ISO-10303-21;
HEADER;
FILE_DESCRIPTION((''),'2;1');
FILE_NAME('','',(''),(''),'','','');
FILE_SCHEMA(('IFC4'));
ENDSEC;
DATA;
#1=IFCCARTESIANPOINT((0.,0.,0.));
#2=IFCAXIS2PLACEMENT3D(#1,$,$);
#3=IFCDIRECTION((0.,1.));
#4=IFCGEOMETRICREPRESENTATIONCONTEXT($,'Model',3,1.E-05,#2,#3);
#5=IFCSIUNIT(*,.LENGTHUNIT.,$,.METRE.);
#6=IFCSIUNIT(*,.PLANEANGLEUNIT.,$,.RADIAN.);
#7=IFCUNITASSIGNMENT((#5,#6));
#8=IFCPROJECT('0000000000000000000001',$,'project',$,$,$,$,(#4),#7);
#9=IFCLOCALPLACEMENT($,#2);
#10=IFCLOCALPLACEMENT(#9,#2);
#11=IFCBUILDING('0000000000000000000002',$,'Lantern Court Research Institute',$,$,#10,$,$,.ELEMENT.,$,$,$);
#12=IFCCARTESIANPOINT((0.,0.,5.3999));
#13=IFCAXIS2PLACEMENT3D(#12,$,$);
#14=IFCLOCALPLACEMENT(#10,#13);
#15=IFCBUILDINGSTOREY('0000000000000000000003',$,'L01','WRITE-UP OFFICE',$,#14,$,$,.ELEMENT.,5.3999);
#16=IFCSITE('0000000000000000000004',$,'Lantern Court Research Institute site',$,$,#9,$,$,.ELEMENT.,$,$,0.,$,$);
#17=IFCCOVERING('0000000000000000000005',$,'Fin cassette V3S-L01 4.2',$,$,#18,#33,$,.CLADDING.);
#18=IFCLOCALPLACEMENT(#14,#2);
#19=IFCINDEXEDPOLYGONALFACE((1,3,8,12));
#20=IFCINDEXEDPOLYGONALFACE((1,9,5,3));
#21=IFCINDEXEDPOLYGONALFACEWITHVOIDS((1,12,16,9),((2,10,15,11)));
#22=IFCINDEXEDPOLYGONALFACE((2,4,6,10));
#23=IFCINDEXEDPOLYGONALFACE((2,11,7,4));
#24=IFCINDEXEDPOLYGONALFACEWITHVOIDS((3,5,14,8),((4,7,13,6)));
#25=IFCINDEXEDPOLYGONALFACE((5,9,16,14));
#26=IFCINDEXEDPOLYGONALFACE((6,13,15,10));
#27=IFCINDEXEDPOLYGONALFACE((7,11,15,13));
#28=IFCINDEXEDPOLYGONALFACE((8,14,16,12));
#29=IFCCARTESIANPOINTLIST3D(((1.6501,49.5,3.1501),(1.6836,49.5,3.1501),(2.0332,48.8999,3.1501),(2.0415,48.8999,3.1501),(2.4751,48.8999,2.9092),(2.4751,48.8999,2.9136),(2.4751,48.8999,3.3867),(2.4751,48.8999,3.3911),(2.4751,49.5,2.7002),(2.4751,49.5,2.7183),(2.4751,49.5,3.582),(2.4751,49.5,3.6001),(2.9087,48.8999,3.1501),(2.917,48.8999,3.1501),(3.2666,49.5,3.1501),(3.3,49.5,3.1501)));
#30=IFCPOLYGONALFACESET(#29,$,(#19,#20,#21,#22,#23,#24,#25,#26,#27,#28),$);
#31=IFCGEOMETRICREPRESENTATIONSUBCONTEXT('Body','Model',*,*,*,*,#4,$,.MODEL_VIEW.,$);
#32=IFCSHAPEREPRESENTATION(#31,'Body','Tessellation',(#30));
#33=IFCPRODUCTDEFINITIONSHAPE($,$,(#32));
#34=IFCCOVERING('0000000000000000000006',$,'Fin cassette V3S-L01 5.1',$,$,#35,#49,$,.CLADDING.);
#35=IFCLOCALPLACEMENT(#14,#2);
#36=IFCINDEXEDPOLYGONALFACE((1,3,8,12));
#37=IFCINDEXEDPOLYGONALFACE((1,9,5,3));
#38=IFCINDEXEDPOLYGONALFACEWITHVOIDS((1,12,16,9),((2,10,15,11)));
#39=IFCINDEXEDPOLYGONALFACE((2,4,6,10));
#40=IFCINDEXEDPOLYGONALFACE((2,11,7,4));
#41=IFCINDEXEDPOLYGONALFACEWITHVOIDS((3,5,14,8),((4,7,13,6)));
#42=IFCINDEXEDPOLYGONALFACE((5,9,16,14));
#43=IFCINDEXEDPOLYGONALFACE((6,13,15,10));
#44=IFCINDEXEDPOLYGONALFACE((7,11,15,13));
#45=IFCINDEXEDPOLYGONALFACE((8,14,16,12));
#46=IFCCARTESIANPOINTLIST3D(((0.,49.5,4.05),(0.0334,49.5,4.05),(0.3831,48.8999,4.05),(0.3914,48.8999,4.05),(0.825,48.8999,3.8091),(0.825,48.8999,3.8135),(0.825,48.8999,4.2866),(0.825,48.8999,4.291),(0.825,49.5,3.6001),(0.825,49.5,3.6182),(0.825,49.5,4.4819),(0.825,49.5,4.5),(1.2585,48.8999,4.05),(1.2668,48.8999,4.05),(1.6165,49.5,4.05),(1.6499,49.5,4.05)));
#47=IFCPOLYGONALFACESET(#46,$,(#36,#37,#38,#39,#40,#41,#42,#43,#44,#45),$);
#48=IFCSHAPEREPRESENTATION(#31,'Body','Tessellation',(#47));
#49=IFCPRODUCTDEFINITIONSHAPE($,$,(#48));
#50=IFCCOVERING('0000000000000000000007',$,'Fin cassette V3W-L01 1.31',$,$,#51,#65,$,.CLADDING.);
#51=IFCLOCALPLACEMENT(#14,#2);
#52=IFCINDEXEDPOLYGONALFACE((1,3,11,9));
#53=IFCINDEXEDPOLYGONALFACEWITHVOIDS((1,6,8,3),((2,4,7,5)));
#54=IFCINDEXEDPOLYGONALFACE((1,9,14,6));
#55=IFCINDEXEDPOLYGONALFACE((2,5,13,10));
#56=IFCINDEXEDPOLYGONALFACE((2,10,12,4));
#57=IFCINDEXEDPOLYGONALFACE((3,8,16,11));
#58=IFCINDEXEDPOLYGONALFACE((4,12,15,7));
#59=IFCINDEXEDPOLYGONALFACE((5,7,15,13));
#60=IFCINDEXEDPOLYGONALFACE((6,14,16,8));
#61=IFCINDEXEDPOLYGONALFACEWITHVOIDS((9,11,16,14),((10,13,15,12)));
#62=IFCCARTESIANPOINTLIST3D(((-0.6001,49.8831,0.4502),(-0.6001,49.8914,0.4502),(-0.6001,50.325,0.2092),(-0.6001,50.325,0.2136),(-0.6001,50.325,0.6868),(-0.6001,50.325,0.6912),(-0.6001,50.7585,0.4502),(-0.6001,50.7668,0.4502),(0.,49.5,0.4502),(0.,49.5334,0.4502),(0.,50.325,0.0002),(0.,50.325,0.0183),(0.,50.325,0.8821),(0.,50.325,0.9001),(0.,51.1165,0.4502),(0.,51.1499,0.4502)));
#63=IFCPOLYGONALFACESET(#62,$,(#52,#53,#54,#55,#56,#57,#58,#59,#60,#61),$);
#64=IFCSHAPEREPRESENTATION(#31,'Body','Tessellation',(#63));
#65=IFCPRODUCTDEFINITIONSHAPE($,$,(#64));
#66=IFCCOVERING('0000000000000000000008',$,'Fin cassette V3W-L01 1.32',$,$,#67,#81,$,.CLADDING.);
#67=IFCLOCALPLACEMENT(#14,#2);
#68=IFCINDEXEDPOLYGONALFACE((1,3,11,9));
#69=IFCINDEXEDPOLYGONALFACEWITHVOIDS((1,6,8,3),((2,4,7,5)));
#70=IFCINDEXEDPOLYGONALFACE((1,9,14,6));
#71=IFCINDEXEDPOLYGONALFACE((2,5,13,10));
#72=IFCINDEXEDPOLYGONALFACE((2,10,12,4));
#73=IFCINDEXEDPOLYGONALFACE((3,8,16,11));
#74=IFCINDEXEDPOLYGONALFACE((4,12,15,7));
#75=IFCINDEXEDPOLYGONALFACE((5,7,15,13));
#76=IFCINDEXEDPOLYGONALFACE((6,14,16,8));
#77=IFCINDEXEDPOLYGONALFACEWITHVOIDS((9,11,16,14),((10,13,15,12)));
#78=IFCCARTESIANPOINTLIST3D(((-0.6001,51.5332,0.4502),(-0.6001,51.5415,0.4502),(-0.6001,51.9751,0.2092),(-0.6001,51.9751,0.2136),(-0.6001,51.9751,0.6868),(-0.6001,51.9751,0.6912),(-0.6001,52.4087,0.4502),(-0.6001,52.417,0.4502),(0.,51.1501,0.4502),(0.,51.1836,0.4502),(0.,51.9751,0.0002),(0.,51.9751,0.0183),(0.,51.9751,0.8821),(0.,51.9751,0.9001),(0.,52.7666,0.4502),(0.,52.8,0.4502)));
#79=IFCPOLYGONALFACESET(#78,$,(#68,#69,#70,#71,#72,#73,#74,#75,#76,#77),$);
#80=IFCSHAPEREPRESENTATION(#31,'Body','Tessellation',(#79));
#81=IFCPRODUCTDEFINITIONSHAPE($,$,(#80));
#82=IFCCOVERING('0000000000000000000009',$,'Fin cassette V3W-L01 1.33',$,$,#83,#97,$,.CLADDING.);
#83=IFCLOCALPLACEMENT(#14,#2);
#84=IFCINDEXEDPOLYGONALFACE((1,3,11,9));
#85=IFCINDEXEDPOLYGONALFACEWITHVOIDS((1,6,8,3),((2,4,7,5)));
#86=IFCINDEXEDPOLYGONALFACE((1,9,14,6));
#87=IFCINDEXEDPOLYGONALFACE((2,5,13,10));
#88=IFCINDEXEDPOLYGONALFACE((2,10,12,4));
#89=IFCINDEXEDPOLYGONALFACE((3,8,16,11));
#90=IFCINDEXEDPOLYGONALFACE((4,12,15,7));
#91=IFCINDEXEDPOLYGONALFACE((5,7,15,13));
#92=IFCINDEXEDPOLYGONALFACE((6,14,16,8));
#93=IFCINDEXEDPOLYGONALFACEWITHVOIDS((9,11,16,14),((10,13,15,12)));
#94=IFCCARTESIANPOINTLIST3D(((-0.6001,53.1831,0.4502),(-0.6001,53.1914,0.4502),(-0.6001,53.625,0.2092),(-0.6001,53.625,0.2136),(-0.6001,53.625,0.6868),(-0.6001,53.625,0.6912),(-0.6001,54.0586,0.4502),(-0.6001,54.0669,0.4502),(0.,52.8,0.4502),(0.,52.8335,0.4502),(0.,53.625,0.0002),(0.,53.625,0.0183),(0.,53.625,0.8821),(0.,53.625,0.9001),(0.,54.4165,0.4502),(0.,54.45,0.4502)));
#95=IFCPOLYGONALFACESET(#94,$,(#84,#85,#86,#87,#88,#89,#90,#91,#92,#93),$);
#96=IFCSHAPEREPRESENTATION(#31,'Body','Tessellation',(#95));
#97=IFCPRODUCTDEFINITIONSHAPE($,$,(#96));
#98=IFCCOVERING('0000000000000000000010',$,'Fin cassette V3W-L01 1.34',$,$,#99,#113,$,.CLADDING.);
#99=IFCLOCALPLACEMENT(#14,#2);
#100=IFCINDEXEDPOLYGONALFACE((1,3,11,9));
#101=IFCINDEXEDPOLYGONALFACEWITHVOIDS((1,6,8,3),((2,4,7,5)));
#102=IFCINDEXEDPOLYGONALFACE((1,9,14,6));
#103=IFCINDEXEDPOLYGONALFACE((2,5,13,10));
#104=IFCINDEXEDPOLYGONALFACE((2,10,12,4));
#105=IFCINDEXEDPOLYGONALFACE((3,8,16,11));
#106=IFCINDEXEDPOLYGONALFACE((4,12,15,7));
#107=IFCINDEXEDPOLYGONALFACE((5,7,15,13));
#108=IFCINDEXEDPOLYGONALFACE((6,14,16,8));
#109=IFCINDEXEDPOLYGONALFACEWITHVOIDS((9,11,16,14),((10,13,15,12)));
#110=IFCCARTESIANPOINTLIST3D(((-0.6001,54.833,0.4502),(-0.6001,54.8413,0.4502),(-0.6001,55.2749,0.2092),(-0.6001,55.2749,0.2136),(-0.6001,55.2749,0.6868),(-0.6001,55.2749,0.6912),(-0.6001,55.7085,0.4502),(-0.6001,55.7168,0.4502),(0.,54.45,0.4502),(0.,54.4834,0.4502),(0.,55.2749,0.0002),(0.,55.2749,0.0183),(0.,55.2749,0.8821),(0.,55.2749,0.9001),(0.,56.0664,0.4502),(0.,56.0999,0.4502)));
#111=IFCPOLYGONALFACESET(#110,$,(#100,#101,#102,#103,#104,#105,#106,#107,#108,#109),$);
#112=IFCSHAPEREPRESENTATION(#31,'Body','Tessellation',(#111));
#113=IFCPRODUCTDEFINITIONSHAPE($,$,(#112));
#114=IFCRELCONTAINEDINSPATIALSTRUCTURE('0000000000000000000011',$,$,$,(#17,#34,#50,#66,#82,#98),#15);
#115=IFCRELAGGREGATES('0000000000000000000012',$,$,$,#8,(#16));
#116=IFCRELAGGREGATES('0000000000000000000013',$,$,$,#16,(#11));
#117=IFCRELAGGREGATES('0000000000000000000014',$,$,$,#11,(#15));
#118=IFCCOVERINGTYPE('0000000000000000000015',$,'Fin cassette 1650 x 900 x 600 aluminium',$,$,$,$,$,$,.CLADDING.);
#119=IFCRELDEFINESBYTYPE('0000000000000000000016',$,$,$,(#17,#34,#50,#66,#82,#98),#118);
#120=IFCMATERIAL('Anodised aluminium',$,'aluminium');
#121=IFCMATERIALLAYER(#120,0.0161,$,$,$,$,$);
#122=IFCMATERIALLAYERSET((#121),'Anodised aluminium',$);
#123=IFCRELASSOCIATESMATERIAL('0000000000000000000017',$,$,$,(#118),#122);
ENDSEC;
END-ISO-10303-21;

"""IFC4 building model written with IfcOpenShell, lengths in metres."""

from ifc_helpers import new_model, entity, si_unit, direction, frame, origin, place, context, subcontext, project, spatial, material, layer, layer_set, type_object, element, save


model = new_model("IFC4")

# Units and contexts
model_context = context("Model", 3, precision=1e-05, world=origin(), true_north=direction((0.0, 1.0)))
body_context = subcontext(model_context, "Body", "Model", "MODEL_VIEW")
ifc_project = project(units=[si_unit("LENGTHUNIT", "METRE"), si_unit("PLANEANGLEUNIT", "RADIAN")], contexts=[model_context])

# Site, building, storey
site_placement = place(None, origin())
site = spatial("IfcSite", under=ifc_project, at=site_placement, Name="Lantern Court Research Institute site", CompositionType="ELEMENT", RefElevation=0.0)
building_placement = place(site_placement, origin())
building = spatial("IfcBuilding", under=site, at=building_placement, Name="Lantern Court Research Institute", CompositionType="ELEMENT")
storey_placement = place(building_placement, frame((0.0, 0.0, 5.3999)))
storey = spatial("IfcBuildingStorey", under=building, at=storey_placement, Name="L01", Description="WRITE-UP OFFICE", CompositionType="ELEMENT", Elevation=5.3999)

# Coverings
ifc_material_1 = material(Name="Anodised aluminium", Category="aluminium")
ifc_layer_1 = layer(ifc_material_1, 0.0161)
ifc_layer_set_1 = layer_set([ifc_layer_1], Name="Anodised aluminium")
covering_type = type_object("IfcCoveringType", Name="Fin cassette 1650 x 900 x 600 aluminium", PredefinedType="CLADDING", material=ifc_layer_set_1)
covering_1_placement = place(storey_placement, frame((2.4751, 49.5, 3.1501), z_axis=(0.0, -1.0, 0.0), x_axis=(1.0, 0.0, 0.0)))
cartesian_point_1 = entity("IfcCartesianPoint", [0.825, 0.0])
cartesian_point_2 = entity("IfcCartesianPoint", [0.7915, 0.0])
cartesian_point_3 = entity("IfcCartesianPoint", [0.4419, 0.0])
cartesian_point_4 = entity("IfcCartesianPoint", [0.4336, 0.0])
element("IfcCovering", 1, at=covering_1_placement, inside=storey, type_object=covering_type, Name="Fin cassette V3S-L01 4.2", PredefinedType="CLADDING", context=body_context, shape_type="SweptSolid", body=[
    entity("IfcExtrudedAreaSolidTapered", entity("IfcArbitraryProfileDefWithVoids", "AREA", None, entity("IfcPolyline", [cartesian_point_1, entity("IfcCartesianPoint", [0.0, 0.45]), entity("IfcCartesianPoint", [-0.825, 0.0]), entity("IfcCartesianPoint", [0.0, -0.45]), cartesian_point_1]), [entity("IfcPolyline", [cartesian_point_2, entity("IfcCartesianPoint", [0.0, 0.4319]), entity("IfcCartesianPoint", [-0.7915, 0.0]), entity("IfcCartesianPoint", [0.0, -0.4319]), cartesian_point_2])]), entity("IfcAxis2Placement3D", entity("IfcCartesianPoint", [0.0, 0.0, 0.0])), entity("IfcDirection", [0.0, 0.0, 1.0]), 0.6001, entity("IfcArbitraryProfileDefWithVoids", "AREA", None, entity("IfcPolyline", [cartesian_point_3, entity("IfcCartesianPoint", [0.0, 0.241]), entity("IfcCartesianPoint", [-0.4419, 0.0]), entity("IfcCartesianPoint", [0.0, -0.241]), cartesian_point_3]), [entity("IfcPolyline", [cartesian_point_4, entity("IfcCartesianPoint", [0.0, 0.2366]), entity("IfcCartesianPoint", [-0.4336, 0.0]), entity("IfcCartesianPoint", [0.0, -0.2366]), cartesian_point_4])])),
])
covering_2_placement = place(storey_placement, frame((0.825, 49.5, 4.05), z_axis=(0.0, -1.0, 0.0), x_axis=(1.0, 0.0, 0.0)))
cartesian_point_5 = entity("IfcCartesianPoint", [0.825, 0.0])
cartesian_point_6 = entity("IfcCartesianPoint", [0.7915, 0.0])
cartesian_point_7 = entity("IfcCartesianPoint", [0.4419, 0.0])
cartesian_point_8 = entity("IfcCartesianPoint", [0.4336, 0.0])
element("IfcCovering", 2, at=covering_2_placement, inside=storey, type_object=covering_type, Name="Fin cassette V3S-L01 5.1", PredefinedType="CLADDING", context=body_context, shape_type="SweptSolid", body=[
    entity("IfcExtrudedAreaSolidTapered", entity("IfcArbitraryProfileDefWithVoids", "AREA", None, entity("IfcPolyline", [cartesian_point_5, entity("IfcCartesianPoint", [0.0, 0.45]), entity("IfcCartesianPoint", [-0.825, 0.0]), entity("IfcCartesianPoint", [0.0, -0.45]), cartesian_point_5]), [entity("IfcPolyline", [cartesian_point_6, entity("IfcCartesianPoint", [0.0, 0.4319]), entity("IfcCartesianPoint", [-0.7915, 0.0]), entity("IfcCartesianPoint", [0.0, -0.4319]), cartesian_point_6])]), entity("IfcAxis2Placement3D", entity("IfcCartesianPoint", [0.0, 0.0, 0.0])), entity("IfcDirection", [0.0, 0.0, 1.0]), 0.6001, entity("IfcArbitraryProfileDefWithVoids", "AREA", None, entity("IfcPolyline", [cartesian_point_7, entity("IfcCartesianPoint", [0.0, 0.241]), entity("IfcCartesianPoint", [-0.4419, 0.0]), entity("IfcCartesianPoint", [0.0, -0.241]), cartesian_point_7]), [entity("IfcPolyline", [cartesian_point_8, entity("IfcCartesianPoint", [0.0, 0.2366]), entity("IfcCartesianPoint", [-0.4336, 0.0]), entity("IfcCartesianPoint", [0.0, -0.2366]), cartesian_point_8])])),
])
covering_3_placement = place(storey_placement, frame((0.0, 50.325, 0.4502), z_axis=(-1.0, 0.0, 0.0), x_axis=(0.0, -1.0, 0.0)))
cartesian_point_9 = entity("IfcCartesianPoint", [0.825, 0.0])
cartesian_point_10 = entity("IfcCartesianPoint", [0.7915, 0.0])
cartesian_point_11 = entity("IfcCartesianPoint", [0.4419, 0.0])
cartesian_point_12 = entity("IfcCartesianPoint", [0.4336, 0.0])
element("IfcCovering", 3, at=covering_3_placement, inside=storey, type_object=covering_type, Name="Fin cassette V3W-L01 1.31", PredefinedType="CLADDING", context=body_context, shape_type="SweptSolid", body=[
    entity("IfcExtrudedAreaSolidTapered", entity("IfcArbitraryProfileDefWithVoids", "AREA", None, entity("IfcPolyline", [cartesian_point_9, entity("IfcCartesianPoint", [0.0, 0.45]), entity("IfcCartesianPoint", [-0.825, 0.0]), entity("IfcCartesianPoint", [0.0, -0.45]), cartesian_point_9]), [entity("IfcPolyline", [cartesian_point_10, entity("IfcCartesianPoint", [0.0, 0.4319]), entity("IfcCartesianPoint", [-0.7915, 0.0]), entity("IfcCartesianPoint", [0.0, -0.4319]), cartesian_point_10])]), entity("IfcAxis2Placement3D", entity("IfcCartesianPoint", [0.0, 0.0, 0.0])), entity("IfcDirection", [0.0, 0.0, 1.0]), 0.6001, entity("IfcArbitraryProfileDefWithVoids", "AREA", None, entity("IfcPolyline", [cartesian_point_11, entity("IfcCartesianPoint", [0.0, 0.241]), entity("IfcCartesianPoint", [-0.4419, 0.0]), entity("IfcCartesianPoint", [0.0, -0.241]), cartesian_point_11]), [entity("IfcPolyline", [cartesian_point_12, entity("IfcCartesianPoint", [0.0, 0.2366]), entity("IfcCartesianPoint", [-0.4336, 0.0]), entity("IfcCartesianPoint", [0.0, -0.2366]), cartesian_point_12])])),
])
covering_4_placement = place(storey_placement, frame((0.0, 51.9751, 0.4502), z_axis=(-1.0, 0.0, 0.0), x_axis=(0.0, -1.0, 0.0)))
cartesian_point_13 = entity("IfcCartesianPoint", [0.825, 0.0])
cartesian_point_14 = entity("IfcCartesianPoint", [0.7915, 0.0])
cartesian_point_15 = entity("IfcCartesianPoint", [0.4419, 0.0])
cartesian_point_16 = entity("IfcCartesianPoint", [0.4336, 0.0])
element("IfcCovering", 4, at=covering_4_placement, inside=storey, type_object=covering_type, Name="Fin cassette V3W-L01 1.32", PredefinedType="CLADDING", context=body_context, shape_type="SweptSolid", body=[
    entity("IfcExtrudedAreaSolidTapered", entity("IfcArbitraryProfileDefWithVoids", "AREA", None, entity("IfcPolyline", [cartesian_point_13, entity("IfcCartesianPoint", [0.0, 0.45]), entity("IfcCartesianPoint", [-0.825, 0.0]), entity("IfcCartesianPoint", [0.0, -0.45]), cartesian_point_13]), [entity("IfcPolyline", [cartesian_point_14, entity("IfcCartesianPoint", [0.0, 0.4319]), entity("IfcCartesianPoint", [-0.7915, 0.0]), entity("IfcCartesianPoint", [0.0, -0.4319]), cartesian_point_14])]), entity("IfcAxis2Placement3D", entity("IfcCartesianPoint", [0.0, 0.0, 0.0])), entity("IfcDirection", [0.0, 0.0, 1.0]), 0.6001, entity("IfcArbitraryProfileDefWithVoids", "AREA", None, entity("IfcPolyline", [cartesian_point_15, entity("IfcCartesianPoint", [0.0, 0.241]), entity("IfcCartesianPoint", [-0.4419, 0.0]), entity("IfcCartesianPoint", [0.0, -0.241]), cartesian_point_15]), [entity("IfcPolyline", [cartesian_point_16, entity("IfcCartesianPoint", [0.0, 0.2366]), entity("IfcCartesianPoint", [-0.4336, 0.0]), entity("IfcCartesianPoint", [0.0, -0.2366]), cartesian_point_16])])),
])
covering_5_placement = place(storey_placement, frame((0.0, 53.625, 0.4502), z_axis=(-1.0, 0.0, 0.0), x_axis=(0.0, -1.0, 0.0)))
cartesian_point_17 = entity("IfcCartesianPoint", [0.825, 0.0])
cartesian_point_18 = entity("IfcCartesianPoint", [0.7915, 0.0])
cartesian_point_19 = entity("IfcCartesianPoint", [0.4419, 0.0])
cartesian_point_20 = entity("IfcCartesianPoint", [0.4336, 0.0])
element("IfcCovering", 5, at=covering_5_placement, inside=storey, type_object=covering_type, Name="Fin cassette V3W-L01 1.33", PredefinedType="CLADDING", context=body_context, shape_type="SweptSolid", body=[
    entity("IfcExtrudedAreaSolidTapered", entity("IfcArbitraryProfileDefWithVoids", "AREA", None, entity("IfcPolyline", [cartesian_point_17, entity("IfcCartesianPoint", [0.0, 0.45]), entity("IfcCartesianPoint", [-0.825, 0.0]), entity("IfcCartesianPoint", [0.0, -0.45]), cartesian_point_17]), [entity("IfcPolyline", [cartesian_point_18, entity("IfcCartesianPoint", [0.0, 0.4319]), entity("IfcCartesianPoint", [-0.7915, 0.0]), entity("IfcCartesianPoint", [0.0, -0.4319]), cartesian_point_18])]), entity("IfcAxis2Placement3D", entity("IfcCartesianPoint", [0.0, 0.0, 0.0])), entity("IfcDirection", [0.0, 0.0, 1.0]), 0.6001, entity("IfcArbitraryProfileDefWithVoids", "AREA", None, entity("IfcPolyline", [cartesian_point_19, entity("IfcCartesianPoint", [0.0, 0.241]), entity("IfcCartesianPoint", [-0.4419, 0.0]), entity("IfcCartesianPoint", [0.0, -0.241]), cartesian_point_19]), [entity("IfcPolyline", [cartesian_point_20, entity("IfcCartesianPoint", [0.0, 0.2366]), entity("IfcCartesianPoint", [-0.4336, 0.0]), entity("IfcCartesianPoint", [0.0, -0.2366]), cartesian_point_20])])),
])
covering_6_placement = place(storey_placement, frame((0.0, 55.2749, 0.4502), z_axis=(-1.0, 0.0, 0.0), x_axis=(0.0, -1.0, 0.0)))
cartesian_point_21 = entity("IfcCartesianPoint", [0.825, 0.0])
cartesian_point_22 = entity("IfcCartesianPoint", [0.7915, 0.0])
cartesian_point_23 = entity("IfcCartesianPoint", [0.4419, 0.0])
cartesian_point_24 = entity("IfcCartesianPoint", [0.4336, 0.0])
element("IfcCovering", 6, at=covering_6_placement, inside=storey, type_object=covering_type, Name="Fin cassette V3W-L01 1.34", PredefinedType="CLADDING", context=body_context, shape_type="SweptSolid", body=[
    entity("IfcExtrudedAreaSolidTapered", entity("IfcArbitraryProfileDefWithVoids", "AREA", None, entity("IfcPolyline", [cartesian_point_21, entity("IfcCartesianPoint", [0.0, 0.45]), entity("IfcCartesianPoint", [-0.825, 0.0]), entity("IfcCartesianPoint", [0.0, -0.45]), cartesian_point_21]), [entity("IfcPolyline", [cartesian_point_22, entity("IfcCartesianPoint", [0.0, 0.4319]), entity("IfcCartesianPoint", [-0.7915, 0.0]), entity("IfcCartesianPoint", [0.0, -0.4319]), cartesian_point_22])]), entity("IfcAxis2Placement3D", entity("IfcCartesianPoint", [0.0, 0.0, 0.0])), entity("IfcDirection", [0.0, 0.0, 1.0]), 0.6001, entity("IfcArbitraryProfileDefWithVoids", "AREA", None, entity("IfcPolyline", [cartesian_point_23, entity("IfcCartesianPoint", [0.0, 0.241]), entity("IfcCartesianPoint", [-0.4419, 0.0]), entity("IfcCartesianPoint", [0.0, -0.241]), cartesian_point_23]), [entity("IfcPolyline", [cartesian_point_24, entity("IfcCartesianPoint", [0.0, 0.2366]), entity("IfcCartesianPoint", [-0.4336, 0.0]), entity("IfcCartesianPoint", [0.0, -0.2366]), cartesian_point_24])])),
])

save(model, "model.ifc")
